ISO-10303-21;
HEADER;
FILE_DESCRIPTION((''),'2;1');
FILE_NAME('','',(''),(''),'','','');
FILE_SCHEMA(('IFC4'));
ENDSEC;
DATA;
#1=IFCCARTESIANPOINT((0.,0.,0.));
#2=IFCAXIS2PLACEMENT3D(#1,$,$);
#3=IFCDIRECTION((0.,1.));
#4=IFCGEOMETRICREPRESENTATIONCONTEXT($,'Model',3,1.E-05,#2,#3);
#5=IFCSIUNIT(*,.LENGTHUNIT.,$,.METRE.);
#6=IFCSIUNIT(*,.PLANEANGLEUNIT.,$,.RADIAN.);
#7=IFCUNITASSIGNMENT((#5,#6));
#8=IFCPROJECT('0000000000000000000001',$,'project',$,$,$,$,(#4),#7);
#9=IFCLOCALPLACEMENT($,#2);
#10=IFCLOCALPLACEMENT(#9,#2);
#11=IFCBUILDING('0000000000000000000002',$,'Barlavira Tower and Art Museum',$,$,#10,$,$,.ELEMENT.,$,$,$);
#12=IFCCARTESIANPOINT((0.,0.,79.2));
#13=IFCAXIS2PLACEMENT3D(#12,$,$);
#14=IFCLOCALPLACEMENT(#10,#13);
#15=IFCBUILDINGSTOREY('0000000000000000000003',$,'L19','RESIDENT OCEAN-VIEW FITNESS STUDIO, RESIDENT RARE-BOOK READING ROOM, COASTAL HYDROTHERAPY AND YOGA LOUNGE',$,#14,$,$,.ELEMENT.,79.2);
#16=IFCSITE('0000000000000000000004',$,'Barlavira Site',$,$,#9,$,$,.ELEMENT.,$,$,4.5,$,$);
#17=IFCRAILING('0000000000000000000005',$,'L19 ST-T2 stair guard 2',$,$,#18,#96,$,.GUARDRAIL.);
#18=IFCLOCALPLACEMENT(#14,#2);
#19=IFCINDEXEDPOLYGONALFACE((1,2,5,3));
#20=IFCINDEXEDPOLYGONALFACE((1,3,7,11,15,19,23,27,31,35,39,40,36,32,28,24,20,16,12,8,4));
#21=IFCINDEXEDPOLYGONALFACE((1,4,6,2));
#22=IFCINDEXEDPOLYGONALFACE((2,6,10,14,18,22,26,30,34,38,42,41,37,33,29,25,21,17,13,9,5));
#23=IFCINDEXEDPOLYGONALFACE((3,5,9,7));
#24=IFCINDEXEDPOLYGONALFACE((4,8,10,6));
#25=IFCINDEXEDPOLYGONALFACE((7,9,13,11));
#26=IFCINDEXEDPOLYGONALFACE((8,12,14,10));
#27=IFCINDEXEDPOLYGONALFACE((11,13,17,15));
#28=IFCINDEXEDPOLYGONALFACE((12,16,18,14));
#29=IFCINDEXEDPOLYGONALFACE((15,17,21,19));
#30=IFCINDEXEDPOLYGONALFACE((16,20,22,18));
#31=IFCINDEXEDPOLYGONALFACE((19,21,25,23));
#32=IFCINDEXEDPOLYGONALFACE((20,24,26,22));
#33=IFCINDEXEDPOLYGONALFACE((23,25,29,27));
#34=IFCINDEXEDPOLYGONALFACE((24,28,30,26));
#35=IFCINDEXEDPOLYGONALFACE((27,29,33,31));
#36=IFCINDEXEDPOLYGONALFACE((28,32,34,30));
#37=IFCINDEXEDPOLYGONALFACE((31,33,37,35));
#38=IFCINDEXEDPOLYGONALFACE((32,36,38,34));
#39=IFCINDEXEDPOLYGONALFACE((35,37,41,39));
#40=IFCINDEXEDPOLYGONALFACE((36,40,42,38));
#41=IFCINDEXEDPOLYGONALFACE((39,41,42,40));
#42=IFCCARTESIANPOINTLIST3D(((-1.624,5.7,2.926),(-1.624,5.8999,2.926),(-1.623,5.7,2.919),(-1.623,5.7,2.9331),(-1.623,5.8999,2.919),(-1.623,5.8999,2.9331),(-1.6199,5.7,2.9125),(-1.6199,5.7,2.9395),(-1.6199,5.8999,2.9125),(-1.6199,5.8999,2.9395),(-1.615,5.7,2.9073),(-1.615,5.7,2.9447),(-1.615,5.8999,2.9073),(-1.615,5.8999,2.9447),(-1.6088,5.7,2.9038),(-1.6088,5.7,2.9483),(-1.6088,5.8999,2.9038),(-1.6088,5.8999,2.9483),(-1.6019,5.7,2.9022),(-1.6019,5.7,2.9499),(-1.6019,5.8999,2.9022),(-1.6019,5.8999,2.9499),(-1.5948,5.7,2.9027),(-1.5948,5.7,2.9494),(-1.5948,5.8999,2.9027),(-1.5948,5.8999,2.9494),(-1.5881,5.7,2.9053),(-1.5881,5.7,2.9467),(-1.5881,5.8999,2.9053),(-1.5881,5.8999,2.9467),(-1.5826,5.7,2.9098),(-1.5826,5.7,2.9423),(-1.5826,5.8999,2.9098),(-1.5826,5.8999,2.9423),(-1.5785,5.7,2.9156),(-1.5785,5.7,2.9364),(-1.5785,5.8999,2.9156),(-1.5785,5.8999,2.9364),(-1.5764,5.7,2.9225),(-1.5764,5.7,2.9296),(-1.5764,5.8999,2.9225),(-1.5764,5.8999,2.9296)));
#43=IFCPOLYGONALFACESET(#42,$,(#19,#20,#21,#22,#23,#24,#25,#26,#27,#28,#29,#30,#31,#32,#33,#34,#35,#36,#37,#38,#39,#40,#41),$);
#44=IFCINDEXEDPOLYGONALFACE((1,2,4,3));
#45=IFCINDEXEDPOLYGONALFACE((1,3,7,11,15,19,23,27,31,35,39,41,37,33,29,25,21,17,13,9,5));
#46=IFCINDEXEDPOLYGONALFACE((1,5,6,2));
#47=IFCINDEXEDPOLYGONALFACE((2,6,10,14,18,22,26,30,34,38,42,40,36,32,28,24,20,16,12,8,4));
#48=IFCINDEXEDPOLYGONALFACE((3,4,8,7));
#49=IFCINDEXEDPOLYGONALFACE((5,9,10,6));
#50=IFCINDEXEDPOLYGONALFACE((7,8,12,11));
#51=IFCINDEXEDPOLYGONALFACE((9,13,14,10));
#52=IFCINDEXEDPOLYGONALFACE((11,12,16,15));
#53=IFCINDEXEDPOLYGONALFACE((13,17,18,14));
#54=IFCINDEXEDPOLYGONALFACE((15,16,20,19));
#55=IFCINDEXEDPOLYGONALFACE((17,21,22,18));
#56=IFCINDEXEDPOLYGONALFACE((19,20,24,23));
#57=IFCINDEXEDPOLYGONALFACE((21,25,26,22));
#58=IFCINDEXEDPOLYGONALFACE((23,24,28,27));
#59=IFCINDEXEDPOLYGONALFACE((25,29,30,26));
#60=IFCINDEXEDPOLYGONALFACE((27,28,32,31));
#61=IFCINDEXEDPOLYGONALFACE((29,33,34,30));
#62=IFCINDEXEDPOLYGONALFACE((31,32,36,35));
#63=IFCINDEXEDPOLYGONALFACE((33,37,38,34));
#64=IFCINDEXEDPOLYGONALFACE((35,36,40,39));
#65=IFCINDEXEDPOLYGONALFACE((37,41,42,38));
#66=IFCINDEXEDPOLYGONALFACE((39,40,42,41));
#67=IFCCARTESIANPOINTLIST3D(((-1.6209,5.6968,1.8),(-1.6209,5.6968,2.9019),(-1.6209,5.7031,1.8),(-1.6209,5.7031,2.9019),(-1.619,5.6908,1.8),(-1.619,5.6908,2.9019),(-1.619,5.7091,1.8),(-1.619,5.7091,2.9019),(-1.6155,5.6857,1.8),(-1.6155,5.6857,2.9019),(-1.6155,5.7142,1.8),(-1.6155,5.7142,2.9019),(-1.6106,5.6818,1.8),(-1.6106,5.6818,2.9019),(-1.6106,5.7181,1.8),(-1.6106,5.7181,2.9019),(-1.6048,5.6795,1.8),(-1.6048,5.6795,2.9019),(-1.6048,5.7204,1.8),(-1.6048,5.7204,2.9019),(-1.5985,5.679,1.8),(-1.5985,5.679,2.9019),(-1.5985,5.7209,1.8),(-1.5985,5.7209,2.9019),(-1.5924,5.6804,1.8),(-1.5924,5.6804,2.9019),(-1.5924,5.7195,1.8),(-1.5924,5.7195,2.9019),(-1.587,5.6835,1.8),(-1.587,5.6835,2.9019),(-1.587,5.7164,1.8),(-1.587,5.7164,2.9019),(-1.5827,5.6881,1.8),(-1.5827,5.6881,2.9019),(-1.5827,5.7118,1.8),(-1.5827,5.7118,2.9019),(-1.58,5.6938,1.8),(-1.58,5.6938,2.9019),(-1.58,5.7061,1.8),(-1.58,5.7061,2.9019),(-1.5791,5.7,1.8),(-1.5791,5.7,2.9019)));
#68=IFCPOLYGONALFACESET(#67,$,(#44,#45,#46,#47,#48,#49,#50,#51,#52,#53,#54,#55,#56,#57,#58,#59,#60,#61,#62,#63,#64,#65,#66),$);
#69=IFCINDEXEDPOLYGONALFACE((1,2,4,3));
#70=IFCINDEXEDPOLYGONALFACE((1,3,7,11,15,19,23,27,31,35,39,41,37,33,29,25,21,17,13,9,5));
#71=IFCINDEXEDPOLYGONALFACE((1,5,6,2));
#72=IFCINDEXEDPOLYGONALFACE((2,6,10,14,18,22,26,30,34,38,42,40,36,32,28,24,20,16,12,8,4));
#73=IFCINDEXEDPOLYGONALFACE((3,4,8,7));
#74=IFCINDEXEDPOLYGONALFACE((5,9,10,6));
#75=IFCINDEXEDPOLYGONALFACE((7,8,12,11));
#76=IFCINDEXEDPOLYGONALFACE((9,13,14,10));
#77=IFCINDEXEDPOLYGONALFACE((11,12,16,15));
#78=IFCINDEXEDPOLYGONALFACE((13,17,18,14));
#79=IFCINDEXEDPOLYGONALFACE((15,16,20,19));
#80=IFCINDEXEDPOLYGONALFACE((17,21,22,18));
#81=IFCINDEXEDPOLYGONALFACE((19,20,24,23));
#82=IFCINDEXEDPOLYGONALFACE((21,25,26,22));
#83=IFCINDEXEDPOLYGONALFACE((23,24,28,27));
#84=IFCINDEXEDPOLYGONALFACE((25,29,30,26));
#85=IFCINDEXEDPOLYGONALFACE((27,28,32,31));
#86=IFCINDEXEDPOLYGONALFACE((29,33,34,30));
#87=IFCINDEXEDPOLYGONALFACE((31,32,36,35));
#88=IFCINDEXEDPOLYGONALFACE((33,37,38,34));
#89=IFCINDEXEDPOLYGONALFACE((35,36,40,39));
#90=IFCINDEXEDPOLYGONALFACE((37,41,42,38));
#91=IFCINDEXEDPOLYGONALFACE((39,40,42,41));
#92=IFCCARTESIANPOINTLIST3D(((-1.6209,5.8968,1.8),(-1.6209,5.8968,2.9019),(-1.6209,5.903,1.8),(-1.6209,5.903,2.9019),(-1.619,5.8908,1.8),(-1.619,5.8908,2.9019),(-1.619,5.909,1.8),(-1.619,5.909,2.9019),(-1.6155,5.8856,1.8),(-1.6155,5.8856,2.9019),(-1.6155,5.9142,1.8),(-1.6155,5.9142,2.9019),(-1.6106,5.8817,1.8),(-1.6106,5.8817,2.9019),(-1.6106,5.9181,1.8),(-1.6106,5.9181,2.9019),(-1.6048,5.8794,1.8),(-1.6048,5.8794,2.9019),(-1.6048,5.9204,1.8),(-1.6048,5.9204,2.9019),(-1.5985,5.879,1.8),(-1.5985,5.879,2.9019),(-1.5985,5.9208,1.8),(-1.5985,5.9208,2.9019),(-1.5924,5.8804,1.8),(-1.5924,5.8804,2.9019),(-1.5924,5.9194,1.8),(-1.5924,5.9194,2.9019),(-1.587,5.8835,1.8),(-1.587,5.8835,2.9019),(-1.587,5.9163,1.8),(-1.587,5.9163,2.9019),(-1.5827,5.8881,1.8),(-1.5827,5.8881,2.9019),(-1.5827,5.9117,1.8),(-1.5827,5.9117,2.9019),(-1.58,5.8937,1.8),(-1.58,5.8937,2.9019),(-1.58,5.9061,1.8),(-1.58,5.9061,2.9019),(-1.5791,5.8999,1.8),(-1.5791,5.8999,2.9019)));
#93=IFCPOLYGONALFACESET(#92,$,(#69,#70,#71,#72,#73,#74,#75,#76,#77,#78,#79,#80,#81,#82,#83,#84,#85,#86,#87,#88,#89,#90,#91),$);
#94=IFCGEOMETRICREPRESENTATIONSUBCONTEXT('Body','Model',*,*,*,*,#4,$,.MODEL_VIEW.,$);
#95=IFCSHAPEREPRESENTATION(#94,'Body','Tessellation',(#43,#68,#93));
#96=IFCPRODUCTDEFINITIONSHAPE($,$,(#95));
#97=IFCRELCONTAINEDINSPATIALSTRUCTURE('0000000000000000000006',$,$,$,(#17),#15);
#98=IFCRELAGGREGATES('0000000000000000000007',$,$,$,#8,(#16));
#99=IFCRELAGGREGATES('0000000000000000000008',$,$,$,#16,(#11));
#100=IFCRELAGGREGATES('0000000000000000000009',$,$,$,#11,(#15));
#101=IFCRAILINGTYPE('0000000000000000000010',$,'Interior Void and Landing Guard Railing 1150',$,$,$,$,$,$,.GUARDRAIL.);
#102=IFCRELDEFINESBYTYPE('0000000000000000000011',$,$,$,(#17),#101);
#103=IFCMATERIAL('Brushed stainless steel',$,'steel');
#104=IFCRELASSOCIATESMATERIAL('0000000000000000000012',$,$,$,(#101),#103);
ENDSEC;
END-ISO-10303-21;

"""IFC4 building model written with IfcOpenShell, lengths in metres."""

from ifc_helpers import new_model, si_unit, direction, frame, origin, origin_2d, place, context, subcontext, project, spatial, circle, extrude, material, type_object, element, save


model = new_model("IFC4")

# Units and contexts
model_context = context("Model", 3, precision=1e-05, world=origin(), true_north=direction((0.0, 1.0)))
body_context = subcontext(model_context, "Body", "Model", "MODEL_VIEW")
ifc_project = project(units=[si_unit("LENGTHUNIT", "METRE"), si_unit("PLANEANGLEUNIT", "RADIAN")], contexts=[model_context])

# Site, building, storey
site_placement = place(None, origin())
site = spatial("IfcSite", under=ifc_project, at=site_placement, Name="Barlavira Site", CompositionType="ELEMENT", RefElevation=4.5)
building_placement = place(site_placement, origin())
building = spatial("IfcBuilding", under=site, at=building_placement, Name="Barlavira Tower and Art Museum", CompositionType="ELEMENT")
storey_placement = place(building_placement, frame((0.0, 0.0, 79.2)))
storey = spatial("IfcBuildingStorey", under=building, at=storey_placement, Name="L19", Description="RESIDENT OCEAN-VIEW FITNESS STUDIO, RESIDENT RARE-BOOK READING ROOM, COASTAL HYDROTHERAPY AND YOGA LOUNGE", CompositionType="ELEMENT", Elevation=79.2)

# Shared definitions
ifc_material_1 = material(Name="Brushed stainless steel", Category="steel")

# Railing
railing_type_1 = type_object("IfcRailingType", Name="Interior Void and Landing Guard Railing 1150", PredefinedType="GUARDRAIL", material=ifc_material_1)
railing_1_placement = place(storey_placement, frame((-1.6001, 5.7, 1.8)))
element("IfcRailing", 1, at=railing_1_placement, inside=storey, type_object=railing_type_1, Name="L19 ST-T2 stair guard 2", PredefinedType="GUARDRAIL", context=body_context, shape_type="SweptSolid", body=[
    extrude(circle(Radius=0.0239, at=origin_2d()), frame((0.0, 0.0, 1.126), z_axis=(0.0, 1.0, 0.0), x_axis=(-1.0, 0.0, 0.0)), (0.0, 0.0, 1.0), 0.2),
    extrude(circle(Radius=0.021, at=origin_2d()), origin(), (0.0, 0.0, 1.0), 1.1018),
    extrude(circle(Radius=0.021, at=origin_2d()), frame((0.0, 0.2, 0.0)), (0.0, 0.0, 1.0), 1.1018),
])

save(model, "model.ifc")
